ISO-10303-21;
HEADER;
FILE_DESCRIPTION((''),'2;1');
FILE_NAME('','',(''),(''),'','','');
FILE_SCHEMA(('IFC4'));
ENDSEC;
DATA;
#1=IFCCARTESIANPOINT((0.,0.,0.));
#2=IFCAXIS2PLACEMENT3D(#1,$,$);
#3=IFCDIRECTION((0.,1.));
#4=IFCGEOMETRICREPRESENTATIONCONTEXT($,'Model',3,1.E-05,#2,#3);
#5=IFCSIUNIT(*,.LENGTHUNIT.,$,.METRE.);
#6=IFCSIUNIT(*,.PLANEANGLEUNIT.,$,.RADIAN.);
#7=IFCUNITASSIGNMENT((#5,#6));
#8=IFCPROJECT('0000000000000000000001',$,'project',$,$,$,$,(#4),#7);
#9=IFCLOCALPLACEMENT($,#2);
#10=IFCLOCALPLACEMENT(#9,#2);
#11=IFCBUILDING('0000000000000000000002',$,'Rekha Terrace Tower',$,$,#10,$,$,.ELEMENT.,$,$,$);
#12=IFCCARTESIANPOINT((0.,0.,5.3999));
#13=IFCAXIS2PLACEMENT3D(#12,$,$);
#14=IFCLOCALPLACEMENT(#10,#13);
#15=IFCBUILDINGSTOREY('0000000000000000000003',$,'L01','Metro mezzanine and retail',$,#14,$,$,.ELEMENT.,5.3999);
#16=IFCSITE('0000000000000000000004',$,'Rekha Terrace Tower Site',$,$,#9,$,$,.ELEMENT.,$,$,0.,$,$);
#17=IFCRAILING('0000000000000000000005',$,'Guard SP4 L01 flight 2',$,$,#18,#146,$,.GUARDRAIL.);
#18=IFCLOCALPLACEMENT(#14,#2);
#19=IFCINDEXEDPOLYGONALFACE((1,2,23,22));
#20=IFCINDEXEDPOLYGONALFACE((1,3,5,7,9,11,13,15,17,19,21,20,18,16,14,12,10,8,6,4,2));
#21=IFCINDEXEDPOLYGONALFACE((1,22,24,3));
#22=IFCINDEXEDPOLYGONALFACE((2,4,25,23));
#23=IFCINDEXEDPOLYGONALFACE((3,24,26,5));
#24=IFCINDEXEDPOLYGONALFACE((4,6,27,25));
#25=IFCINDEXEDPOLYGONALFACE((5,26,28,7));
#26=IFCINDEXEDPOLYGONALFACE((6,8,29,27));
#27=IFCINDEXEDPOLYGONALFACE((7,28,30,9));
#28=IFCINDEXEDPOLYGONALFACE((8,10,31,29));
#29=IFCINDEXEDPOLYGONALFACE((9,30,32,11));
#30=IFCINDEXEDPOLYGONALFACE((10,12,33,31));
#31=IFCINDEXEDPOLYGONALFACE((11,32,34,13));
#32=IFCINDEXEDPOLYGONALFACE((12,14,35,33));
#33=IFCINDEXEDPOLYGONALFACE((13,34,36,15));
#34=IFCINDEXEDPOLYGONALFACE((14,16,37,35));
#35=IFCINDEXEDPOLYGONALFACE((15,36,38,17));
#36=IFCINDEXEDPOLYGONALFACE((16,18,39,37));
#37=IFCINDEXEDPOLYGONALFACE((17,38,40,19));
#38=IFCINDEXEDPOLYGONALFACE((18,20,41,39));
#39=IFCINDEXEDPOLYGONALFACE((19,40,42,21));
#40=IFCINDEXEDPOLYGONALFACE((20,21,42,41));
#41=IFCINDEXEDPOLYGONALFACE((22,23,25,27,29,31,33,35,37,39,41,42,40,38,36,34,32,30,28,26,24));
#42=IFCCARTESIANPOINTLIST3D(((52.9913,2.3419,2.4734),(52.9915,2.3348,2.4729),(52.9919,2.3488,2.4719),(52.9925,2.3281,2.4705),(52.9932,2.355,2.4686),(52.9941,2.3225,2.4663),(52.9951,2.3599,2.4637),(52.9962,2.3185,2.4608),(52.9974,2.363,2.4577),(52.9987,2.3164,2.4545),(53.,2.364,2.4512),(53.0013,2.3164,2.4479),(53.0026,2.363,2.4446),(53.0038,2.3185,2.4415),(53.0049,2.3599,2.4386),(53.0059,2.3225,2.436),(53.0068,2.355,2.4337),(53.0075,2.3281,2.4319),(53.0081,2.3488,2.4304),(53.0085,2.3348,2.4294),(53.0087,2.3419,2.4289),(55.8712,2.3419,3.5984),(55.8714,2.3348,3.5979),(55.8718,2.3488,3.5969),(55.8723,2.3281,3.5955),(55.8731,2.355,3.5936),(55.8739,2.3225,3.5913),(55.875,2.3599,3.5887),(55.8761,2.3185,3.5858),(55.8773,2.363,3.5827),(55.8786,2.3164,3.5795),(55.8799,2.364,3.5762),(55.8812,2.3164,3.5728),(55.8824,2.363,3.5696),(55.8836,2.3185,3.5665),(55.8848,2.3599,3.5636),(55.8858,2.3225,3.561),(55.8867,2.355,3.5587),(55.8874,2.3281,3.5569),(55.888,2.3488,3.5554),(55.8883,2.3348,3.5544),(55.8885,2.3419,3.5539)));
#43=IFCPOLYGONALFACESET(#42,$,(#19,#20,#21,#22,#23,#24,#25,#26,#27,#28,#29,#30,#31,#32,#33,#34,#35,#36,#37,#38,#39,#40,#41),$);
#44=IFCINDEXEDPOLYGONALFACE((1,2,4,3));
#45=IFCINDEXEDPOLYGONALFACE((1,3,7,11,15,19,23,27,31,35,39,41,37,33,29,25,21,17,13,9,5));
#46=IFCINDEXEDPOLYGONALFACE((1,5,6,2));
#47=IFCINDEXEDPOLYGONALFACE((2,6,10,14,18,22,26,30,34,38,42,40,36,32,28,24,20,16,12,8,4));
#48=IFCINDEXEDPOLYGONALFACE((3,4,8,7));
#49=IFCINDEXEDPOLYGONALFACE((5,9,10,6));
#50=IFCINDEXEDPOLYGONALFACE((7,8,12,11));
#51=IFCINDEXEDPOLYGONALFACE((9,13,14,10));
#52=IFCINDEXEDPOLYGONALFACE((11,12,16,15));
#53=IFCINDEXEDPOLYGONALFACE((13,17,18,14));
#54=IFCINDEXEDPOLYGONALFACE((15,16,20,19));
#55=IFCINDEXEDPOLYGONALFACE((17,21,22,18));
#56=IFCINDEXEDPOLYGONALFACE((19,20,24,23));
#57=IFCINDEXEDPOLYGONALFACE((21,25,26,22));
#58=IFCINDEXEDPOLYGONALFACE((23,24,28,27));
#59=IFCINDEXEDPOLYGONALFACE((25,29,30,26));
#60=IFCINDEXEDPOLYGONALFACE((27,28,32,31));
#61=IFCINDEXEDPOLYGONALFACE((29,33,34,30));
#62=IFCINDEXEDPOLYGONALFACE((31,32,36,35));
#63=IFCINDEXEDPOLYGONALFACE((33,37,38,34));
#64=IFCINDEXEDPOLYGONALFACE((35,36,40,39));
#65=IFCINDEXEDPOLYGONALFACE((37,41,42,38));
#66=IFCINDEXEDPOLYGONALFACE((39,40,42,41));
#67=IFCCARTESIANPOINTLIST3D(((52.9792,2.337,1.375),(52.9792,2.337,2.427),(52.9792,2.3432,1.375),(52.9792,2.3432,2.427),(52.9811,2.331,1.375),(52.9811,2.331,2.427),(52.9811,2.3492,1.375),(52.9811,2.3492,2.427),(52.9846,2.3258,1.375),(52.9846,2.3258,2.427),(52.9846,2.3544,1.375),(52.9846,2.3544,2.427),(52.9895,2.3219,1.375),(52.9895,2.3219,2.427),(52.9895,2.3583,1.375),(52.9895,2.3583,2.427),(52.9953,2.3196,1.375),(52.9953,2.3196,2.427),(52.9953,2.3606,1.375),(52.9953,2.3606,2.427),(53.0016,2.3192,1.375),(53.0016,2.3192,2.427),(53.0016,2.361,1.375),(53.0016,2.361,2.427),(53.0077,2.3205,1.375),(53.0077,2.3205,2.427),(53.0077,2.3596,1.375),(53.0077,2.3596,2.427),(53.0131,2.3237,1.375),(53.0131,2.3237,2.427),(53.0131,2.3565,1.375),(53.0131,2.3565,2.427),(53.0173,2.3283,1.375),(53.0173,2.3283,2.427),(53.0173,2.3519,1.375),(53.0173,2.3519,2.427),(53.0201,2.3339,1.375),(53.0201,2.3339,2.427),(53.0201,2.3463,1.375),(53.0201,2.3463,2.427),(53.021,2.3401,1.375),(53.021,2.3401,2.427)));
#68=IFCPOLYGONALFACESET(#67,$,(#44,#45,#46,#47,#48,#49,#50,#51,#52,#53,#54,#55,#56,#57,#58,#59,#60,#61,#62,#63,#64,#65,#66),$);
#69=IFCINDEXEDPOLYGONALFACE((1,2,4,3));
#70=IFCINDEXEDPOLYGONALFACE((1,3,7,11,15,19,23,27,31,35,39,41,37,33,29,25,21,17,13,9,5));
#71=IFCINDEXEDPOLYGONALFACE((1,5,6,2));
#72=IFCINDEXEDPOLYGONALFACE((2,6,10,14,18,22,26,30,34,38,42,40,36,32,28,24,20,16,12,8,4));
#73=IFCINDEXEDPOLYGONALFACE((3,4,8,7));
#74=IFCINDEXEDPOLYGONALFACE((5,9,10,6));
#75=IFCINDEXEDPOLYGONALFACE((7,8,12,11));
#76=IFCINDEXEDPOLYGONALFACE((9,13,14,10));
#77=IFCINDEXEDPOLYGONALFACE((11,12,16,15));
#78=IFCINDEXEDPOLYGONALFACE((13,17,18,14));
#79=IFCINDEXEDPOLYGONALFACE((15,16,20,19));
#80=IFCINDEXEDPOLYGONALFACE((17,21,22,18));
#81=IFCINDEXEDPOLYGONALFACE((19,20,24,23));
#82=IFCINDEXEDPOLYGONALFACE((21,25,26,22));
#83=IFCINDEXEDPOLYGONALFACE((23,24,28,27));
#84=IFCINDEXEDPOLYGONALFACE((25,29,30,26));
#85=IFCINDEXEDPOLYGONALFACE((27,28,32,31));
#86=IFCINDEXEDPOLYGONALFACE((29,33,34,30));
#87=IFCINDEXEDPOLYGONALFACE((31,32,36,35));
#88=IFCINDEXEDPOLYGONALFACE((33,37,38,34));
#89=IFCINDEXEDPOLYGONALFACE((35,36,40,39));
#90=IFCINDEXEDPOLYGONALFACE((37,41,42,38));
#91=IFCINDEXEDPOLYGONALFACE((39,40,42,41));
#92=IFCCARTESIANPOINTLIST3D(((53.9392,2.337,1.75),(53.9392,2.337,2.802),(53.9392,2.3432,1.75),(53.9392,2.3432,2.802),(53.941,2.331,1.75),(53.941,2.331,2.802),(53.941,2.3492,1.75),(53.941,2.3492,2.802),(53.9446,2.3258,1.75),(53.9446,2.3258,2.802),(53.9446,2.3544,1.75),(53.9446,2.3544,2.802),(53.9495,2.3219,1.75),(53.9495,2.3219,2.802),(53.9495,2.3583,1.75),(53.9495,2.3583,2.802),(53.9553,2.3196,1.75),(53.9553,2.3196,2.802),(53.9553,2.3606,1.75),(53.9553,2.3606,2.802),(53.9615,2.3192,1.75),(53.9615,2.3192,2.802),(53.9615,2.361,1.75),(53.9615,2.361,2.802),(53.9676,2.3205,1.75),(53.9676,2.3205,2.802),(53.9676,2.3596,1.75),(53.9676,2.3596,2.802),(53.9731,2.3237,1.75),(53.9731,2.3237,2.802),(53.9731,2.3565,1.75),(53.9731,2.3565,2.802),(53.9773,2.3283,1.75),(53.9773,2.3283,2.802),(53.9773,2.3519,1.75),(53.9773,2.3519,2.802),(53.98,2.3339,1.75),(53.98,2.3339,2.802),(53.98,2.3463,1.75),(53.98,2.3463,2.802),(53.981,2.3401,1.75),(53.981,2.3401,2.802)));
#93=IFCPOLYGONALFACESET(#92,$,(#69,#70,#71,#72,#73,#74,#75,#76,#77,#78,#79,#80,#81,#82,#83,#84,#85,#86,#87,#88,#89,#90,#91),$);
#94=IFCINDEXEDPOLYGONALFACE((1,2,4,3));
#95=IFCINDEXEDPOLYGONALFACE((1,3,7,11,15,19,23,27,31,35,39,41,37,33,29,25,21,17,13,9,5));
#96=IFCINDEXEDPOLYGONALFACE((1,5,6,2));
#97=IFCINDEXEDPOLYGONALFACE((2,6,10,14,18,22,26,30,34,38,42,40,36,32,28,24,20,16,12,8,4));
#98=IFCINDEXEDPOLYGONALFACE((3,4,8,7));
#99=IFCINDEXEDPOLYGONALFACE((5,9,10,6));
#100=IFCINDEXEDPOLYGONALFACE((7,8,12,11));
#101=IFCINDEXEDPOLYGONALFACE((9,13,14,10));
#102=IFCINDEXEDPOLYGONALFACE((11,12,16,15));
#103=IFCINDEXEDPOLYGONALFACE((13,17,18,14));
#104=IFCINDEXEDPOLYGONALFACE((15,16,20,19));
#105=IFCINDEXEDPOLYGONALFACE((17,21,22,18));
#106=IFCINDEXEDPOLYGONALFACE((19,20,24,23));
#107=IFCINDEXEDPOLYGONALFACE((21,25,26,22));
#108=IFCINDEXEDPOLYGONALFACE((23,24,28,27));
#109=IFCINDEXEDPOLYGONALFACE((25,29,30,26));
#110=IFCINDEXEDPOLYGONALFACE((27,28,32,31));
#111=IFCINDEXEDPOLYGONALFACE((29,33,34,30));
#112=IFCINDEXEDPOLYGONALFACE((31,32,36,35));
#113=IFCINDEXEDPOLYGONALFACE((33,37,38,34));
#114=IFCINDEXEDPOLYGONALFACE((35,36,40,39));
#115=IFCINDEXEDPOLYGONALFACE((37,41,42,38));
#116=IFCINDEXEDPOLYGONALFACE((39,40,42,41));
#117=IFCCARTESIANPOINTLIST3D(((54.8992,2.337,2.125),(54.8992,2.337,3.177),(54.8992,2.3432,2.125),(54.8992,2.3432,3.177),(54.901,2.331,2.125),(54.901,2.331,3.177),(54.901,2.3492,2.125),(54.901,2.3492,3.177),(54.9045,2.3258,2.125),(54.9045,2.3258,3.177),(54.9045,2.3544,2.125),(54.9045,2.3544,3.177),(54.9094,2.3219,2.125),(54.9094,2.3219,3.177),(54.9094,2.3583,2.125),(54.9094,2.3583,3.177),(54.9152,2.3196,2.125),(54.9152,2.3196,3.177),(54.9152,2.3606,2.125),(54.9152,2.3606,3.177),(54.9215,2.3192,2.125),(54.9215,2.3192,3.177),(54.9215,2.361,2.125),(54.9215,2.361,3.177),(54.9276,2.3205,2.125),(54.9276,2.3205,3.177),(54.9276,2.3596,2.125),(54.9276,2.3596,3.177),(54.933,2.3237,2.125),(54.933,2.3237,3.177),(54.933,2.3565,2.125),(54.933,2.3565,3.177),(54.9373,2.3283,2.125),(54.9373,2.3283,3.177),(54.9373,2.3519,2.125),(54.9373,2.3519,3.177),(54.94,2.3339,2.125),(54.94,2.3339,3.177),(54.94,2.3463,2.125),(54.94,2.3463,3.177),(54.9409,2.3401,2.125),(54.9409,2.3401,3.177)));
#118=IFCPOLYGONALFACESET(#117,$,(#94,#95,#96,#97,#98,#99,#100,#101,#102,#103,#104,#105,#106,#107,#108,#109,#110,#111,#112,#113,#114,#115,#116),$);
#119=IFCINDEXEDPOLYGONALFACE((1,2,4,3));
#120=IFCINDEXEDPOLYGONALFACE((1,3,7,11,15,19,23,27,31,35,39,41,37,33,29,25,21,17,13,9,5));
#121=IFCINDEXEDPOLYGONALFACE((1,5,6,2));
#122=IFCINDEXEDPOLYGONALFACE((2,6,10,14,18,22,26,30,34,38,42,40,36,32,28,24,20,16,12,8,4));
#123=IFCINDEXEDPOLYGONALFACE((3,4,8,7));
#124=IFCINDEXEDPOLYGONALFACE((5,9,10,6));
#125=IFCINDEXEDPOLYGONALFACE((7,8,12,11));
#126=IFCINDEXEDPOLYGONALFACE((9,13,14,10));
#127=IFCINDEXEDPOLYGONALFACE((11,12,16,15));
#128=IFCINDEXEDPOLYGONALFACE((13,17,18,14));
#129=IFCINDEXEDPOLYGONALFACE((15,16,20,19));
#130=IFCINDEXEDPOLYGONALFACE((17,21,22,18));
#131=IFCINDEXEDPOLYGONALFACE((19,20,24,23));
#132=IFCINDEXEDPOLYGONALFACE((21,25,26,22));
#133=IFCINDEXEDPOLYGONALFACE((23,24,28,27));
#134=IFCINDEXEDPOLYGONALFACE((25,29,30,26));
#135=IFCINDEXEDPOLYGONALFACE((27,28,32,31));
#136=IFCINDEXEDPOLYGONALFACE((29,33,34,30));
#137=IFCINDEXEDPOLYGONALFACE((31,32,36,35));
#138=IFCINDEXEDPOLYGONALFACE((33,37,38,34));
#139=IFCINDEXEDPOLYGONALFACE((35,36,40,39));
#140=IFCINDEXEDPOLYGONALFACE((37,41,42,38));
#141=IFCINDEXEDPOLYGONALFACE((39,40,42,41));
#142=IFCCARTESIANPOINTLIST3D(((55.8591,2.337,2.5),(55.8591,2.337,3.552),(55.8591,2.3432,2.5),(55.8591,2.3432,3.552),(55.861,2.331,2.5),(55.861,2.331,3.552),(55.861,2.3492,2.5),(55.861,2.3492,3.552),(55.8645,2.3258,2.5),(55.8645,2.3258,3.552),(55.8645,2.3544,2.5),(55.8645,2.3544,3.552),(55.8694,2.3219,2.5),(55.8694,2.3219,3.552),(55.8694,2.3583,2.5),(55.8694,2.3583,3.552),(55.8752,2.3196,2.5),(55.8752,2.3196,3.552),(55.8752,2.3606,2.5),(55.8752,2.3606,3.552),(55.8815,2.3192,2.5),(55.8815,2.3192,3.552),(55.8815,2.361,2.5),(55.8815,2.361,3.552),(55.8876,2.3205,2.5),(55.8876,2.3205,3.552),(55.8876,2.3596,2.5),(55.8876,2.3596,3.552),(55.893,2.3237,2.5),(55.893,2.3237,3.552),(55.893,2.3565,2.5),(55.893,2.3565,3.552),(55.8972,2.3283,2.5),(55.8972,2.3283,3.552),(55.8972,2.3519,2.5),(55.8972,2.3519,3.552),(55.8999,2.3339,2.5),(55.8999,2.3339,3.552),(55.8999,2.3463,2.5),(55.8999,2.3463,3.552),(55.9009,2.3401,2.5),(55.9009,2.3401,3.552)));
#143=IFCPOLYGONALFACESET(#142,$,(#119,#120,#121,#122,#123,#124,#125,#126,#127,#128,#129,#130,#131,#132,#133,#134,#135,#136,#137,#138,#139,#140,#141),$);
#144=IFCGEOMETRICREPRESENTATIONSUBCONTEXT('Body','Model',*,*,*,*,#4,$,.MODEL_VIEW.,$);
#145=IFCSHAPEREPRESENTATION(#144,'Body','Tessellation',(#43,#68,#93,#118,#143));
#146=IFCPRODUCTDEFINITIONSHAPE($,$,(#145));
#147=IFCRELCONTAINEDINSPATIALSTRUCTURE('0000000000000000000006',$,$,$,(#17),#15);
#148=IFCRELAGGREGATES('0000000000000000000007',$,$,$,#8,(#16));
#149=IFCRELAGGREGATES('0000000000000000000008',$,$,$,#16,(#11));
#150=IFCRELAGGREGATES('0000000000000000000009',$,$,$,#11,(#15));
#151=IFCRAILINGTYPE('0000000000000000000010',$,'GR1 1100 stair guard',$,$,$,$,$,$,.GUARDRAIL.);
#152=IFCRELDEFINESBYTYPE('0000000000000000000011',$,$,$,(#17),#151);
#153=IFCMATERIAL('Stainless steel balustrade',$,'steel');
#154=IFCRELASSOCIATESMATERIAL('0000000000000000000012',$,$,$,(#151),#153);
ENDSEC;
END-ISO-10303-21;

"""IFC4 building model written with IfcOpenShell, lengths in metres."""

from ifc_helpers import new_model, si_unit, direction, frame, origin, origin_2d, place, context, subcontext, project, spatial, circle, extrude, material, type_object, element, save


model = new_model("IFC4")

# Units and contexts
model_context = context("Model", 3, precision=1e-05, world=origin(), true_north=direction((0.0, 1.0)))
body_context = subcontext(model_context, "Body", "Model", "MODEL_VIEW")
ifc_project = project(units=[si_unit("LENGTHUNIT", "METRE"), si_unit("PLANEANGLEUNIT", "RADIAN")], contexts=[model_context])

# Site, building, storey
site_placement = place(None, origin())
site = spatial("IfcSite", under=ifc_project, at=site_placement, Name="Rekha Terrace Tower Site", CompositionType="ELEMENT", RefElevation=0.0)
building_placement = place(site_placement, origin())
building = spatial("IfcBuilding", under=site, at=building_placement, Name="Rekha Terrace Tower", CompositionType="ELEMENT")
storey_placement = place(building_placement, frame((0.0, 0.0, 5.3999)))
storey = spatial("IfcBuildingStorey", under=building, at=storey_placement, Name="L01", Description="Metro mezzanine and retail", CompositionType="ELEMENT", Elevation=5.3999)

# Railing
ifc_material_1 = material(Name="Stainless steel balustrade", Category="steel")
railing_type_1 = type_object("IfcRailingType", Name="GR1 1100 stair guard", PredefinedType="GUARDRAIL", material=ifc_material_1)
railing_1_placement = place(storey_placement, frame((53.0, 2.3401, 1.375)))
element("IfcRailing", 1, at=railing_1_placement, inside=storey, type_object=railing_type_1, Name="Guard SP4 L01 flight 2", PredefinedType="GUARDRAIL", context=body_context, shape_type="SweptSolid", body=[
    extrude(circle(Radius=0.0239, at=origin_2d()), frame((0.0, 0.0, 1.0762), z_axis=(0.931452, 0.0, 0.363863), x_axis=(0.0, 1.0, 0.0)), (0.0, 0.0, 1.0), 3.0918),
    extrude(circle(Radius=0.021, at=origin_2d()), origin(), (0.0, 0.0, 1.0), 1.052),
    extrude(circle(Radius=0.021, at=origin_2d()), frame((0.96, 0.0, 0.375)), (0.0, 0.0, 1.0), 1.052),
    extrude(circle(Radius=0.021, at=origin_2d()), frame((1.9199, 0.0, 0.75)), (0.0, 0.0, 1.0), 1.052),
    extrude(circle(Radius=0.021, at=origin_2d()), frame((2.8799, 0.0, 1.125)), (0.0, 0.0, 1.0), 1.052),
])

save(model, "model.ifc")
